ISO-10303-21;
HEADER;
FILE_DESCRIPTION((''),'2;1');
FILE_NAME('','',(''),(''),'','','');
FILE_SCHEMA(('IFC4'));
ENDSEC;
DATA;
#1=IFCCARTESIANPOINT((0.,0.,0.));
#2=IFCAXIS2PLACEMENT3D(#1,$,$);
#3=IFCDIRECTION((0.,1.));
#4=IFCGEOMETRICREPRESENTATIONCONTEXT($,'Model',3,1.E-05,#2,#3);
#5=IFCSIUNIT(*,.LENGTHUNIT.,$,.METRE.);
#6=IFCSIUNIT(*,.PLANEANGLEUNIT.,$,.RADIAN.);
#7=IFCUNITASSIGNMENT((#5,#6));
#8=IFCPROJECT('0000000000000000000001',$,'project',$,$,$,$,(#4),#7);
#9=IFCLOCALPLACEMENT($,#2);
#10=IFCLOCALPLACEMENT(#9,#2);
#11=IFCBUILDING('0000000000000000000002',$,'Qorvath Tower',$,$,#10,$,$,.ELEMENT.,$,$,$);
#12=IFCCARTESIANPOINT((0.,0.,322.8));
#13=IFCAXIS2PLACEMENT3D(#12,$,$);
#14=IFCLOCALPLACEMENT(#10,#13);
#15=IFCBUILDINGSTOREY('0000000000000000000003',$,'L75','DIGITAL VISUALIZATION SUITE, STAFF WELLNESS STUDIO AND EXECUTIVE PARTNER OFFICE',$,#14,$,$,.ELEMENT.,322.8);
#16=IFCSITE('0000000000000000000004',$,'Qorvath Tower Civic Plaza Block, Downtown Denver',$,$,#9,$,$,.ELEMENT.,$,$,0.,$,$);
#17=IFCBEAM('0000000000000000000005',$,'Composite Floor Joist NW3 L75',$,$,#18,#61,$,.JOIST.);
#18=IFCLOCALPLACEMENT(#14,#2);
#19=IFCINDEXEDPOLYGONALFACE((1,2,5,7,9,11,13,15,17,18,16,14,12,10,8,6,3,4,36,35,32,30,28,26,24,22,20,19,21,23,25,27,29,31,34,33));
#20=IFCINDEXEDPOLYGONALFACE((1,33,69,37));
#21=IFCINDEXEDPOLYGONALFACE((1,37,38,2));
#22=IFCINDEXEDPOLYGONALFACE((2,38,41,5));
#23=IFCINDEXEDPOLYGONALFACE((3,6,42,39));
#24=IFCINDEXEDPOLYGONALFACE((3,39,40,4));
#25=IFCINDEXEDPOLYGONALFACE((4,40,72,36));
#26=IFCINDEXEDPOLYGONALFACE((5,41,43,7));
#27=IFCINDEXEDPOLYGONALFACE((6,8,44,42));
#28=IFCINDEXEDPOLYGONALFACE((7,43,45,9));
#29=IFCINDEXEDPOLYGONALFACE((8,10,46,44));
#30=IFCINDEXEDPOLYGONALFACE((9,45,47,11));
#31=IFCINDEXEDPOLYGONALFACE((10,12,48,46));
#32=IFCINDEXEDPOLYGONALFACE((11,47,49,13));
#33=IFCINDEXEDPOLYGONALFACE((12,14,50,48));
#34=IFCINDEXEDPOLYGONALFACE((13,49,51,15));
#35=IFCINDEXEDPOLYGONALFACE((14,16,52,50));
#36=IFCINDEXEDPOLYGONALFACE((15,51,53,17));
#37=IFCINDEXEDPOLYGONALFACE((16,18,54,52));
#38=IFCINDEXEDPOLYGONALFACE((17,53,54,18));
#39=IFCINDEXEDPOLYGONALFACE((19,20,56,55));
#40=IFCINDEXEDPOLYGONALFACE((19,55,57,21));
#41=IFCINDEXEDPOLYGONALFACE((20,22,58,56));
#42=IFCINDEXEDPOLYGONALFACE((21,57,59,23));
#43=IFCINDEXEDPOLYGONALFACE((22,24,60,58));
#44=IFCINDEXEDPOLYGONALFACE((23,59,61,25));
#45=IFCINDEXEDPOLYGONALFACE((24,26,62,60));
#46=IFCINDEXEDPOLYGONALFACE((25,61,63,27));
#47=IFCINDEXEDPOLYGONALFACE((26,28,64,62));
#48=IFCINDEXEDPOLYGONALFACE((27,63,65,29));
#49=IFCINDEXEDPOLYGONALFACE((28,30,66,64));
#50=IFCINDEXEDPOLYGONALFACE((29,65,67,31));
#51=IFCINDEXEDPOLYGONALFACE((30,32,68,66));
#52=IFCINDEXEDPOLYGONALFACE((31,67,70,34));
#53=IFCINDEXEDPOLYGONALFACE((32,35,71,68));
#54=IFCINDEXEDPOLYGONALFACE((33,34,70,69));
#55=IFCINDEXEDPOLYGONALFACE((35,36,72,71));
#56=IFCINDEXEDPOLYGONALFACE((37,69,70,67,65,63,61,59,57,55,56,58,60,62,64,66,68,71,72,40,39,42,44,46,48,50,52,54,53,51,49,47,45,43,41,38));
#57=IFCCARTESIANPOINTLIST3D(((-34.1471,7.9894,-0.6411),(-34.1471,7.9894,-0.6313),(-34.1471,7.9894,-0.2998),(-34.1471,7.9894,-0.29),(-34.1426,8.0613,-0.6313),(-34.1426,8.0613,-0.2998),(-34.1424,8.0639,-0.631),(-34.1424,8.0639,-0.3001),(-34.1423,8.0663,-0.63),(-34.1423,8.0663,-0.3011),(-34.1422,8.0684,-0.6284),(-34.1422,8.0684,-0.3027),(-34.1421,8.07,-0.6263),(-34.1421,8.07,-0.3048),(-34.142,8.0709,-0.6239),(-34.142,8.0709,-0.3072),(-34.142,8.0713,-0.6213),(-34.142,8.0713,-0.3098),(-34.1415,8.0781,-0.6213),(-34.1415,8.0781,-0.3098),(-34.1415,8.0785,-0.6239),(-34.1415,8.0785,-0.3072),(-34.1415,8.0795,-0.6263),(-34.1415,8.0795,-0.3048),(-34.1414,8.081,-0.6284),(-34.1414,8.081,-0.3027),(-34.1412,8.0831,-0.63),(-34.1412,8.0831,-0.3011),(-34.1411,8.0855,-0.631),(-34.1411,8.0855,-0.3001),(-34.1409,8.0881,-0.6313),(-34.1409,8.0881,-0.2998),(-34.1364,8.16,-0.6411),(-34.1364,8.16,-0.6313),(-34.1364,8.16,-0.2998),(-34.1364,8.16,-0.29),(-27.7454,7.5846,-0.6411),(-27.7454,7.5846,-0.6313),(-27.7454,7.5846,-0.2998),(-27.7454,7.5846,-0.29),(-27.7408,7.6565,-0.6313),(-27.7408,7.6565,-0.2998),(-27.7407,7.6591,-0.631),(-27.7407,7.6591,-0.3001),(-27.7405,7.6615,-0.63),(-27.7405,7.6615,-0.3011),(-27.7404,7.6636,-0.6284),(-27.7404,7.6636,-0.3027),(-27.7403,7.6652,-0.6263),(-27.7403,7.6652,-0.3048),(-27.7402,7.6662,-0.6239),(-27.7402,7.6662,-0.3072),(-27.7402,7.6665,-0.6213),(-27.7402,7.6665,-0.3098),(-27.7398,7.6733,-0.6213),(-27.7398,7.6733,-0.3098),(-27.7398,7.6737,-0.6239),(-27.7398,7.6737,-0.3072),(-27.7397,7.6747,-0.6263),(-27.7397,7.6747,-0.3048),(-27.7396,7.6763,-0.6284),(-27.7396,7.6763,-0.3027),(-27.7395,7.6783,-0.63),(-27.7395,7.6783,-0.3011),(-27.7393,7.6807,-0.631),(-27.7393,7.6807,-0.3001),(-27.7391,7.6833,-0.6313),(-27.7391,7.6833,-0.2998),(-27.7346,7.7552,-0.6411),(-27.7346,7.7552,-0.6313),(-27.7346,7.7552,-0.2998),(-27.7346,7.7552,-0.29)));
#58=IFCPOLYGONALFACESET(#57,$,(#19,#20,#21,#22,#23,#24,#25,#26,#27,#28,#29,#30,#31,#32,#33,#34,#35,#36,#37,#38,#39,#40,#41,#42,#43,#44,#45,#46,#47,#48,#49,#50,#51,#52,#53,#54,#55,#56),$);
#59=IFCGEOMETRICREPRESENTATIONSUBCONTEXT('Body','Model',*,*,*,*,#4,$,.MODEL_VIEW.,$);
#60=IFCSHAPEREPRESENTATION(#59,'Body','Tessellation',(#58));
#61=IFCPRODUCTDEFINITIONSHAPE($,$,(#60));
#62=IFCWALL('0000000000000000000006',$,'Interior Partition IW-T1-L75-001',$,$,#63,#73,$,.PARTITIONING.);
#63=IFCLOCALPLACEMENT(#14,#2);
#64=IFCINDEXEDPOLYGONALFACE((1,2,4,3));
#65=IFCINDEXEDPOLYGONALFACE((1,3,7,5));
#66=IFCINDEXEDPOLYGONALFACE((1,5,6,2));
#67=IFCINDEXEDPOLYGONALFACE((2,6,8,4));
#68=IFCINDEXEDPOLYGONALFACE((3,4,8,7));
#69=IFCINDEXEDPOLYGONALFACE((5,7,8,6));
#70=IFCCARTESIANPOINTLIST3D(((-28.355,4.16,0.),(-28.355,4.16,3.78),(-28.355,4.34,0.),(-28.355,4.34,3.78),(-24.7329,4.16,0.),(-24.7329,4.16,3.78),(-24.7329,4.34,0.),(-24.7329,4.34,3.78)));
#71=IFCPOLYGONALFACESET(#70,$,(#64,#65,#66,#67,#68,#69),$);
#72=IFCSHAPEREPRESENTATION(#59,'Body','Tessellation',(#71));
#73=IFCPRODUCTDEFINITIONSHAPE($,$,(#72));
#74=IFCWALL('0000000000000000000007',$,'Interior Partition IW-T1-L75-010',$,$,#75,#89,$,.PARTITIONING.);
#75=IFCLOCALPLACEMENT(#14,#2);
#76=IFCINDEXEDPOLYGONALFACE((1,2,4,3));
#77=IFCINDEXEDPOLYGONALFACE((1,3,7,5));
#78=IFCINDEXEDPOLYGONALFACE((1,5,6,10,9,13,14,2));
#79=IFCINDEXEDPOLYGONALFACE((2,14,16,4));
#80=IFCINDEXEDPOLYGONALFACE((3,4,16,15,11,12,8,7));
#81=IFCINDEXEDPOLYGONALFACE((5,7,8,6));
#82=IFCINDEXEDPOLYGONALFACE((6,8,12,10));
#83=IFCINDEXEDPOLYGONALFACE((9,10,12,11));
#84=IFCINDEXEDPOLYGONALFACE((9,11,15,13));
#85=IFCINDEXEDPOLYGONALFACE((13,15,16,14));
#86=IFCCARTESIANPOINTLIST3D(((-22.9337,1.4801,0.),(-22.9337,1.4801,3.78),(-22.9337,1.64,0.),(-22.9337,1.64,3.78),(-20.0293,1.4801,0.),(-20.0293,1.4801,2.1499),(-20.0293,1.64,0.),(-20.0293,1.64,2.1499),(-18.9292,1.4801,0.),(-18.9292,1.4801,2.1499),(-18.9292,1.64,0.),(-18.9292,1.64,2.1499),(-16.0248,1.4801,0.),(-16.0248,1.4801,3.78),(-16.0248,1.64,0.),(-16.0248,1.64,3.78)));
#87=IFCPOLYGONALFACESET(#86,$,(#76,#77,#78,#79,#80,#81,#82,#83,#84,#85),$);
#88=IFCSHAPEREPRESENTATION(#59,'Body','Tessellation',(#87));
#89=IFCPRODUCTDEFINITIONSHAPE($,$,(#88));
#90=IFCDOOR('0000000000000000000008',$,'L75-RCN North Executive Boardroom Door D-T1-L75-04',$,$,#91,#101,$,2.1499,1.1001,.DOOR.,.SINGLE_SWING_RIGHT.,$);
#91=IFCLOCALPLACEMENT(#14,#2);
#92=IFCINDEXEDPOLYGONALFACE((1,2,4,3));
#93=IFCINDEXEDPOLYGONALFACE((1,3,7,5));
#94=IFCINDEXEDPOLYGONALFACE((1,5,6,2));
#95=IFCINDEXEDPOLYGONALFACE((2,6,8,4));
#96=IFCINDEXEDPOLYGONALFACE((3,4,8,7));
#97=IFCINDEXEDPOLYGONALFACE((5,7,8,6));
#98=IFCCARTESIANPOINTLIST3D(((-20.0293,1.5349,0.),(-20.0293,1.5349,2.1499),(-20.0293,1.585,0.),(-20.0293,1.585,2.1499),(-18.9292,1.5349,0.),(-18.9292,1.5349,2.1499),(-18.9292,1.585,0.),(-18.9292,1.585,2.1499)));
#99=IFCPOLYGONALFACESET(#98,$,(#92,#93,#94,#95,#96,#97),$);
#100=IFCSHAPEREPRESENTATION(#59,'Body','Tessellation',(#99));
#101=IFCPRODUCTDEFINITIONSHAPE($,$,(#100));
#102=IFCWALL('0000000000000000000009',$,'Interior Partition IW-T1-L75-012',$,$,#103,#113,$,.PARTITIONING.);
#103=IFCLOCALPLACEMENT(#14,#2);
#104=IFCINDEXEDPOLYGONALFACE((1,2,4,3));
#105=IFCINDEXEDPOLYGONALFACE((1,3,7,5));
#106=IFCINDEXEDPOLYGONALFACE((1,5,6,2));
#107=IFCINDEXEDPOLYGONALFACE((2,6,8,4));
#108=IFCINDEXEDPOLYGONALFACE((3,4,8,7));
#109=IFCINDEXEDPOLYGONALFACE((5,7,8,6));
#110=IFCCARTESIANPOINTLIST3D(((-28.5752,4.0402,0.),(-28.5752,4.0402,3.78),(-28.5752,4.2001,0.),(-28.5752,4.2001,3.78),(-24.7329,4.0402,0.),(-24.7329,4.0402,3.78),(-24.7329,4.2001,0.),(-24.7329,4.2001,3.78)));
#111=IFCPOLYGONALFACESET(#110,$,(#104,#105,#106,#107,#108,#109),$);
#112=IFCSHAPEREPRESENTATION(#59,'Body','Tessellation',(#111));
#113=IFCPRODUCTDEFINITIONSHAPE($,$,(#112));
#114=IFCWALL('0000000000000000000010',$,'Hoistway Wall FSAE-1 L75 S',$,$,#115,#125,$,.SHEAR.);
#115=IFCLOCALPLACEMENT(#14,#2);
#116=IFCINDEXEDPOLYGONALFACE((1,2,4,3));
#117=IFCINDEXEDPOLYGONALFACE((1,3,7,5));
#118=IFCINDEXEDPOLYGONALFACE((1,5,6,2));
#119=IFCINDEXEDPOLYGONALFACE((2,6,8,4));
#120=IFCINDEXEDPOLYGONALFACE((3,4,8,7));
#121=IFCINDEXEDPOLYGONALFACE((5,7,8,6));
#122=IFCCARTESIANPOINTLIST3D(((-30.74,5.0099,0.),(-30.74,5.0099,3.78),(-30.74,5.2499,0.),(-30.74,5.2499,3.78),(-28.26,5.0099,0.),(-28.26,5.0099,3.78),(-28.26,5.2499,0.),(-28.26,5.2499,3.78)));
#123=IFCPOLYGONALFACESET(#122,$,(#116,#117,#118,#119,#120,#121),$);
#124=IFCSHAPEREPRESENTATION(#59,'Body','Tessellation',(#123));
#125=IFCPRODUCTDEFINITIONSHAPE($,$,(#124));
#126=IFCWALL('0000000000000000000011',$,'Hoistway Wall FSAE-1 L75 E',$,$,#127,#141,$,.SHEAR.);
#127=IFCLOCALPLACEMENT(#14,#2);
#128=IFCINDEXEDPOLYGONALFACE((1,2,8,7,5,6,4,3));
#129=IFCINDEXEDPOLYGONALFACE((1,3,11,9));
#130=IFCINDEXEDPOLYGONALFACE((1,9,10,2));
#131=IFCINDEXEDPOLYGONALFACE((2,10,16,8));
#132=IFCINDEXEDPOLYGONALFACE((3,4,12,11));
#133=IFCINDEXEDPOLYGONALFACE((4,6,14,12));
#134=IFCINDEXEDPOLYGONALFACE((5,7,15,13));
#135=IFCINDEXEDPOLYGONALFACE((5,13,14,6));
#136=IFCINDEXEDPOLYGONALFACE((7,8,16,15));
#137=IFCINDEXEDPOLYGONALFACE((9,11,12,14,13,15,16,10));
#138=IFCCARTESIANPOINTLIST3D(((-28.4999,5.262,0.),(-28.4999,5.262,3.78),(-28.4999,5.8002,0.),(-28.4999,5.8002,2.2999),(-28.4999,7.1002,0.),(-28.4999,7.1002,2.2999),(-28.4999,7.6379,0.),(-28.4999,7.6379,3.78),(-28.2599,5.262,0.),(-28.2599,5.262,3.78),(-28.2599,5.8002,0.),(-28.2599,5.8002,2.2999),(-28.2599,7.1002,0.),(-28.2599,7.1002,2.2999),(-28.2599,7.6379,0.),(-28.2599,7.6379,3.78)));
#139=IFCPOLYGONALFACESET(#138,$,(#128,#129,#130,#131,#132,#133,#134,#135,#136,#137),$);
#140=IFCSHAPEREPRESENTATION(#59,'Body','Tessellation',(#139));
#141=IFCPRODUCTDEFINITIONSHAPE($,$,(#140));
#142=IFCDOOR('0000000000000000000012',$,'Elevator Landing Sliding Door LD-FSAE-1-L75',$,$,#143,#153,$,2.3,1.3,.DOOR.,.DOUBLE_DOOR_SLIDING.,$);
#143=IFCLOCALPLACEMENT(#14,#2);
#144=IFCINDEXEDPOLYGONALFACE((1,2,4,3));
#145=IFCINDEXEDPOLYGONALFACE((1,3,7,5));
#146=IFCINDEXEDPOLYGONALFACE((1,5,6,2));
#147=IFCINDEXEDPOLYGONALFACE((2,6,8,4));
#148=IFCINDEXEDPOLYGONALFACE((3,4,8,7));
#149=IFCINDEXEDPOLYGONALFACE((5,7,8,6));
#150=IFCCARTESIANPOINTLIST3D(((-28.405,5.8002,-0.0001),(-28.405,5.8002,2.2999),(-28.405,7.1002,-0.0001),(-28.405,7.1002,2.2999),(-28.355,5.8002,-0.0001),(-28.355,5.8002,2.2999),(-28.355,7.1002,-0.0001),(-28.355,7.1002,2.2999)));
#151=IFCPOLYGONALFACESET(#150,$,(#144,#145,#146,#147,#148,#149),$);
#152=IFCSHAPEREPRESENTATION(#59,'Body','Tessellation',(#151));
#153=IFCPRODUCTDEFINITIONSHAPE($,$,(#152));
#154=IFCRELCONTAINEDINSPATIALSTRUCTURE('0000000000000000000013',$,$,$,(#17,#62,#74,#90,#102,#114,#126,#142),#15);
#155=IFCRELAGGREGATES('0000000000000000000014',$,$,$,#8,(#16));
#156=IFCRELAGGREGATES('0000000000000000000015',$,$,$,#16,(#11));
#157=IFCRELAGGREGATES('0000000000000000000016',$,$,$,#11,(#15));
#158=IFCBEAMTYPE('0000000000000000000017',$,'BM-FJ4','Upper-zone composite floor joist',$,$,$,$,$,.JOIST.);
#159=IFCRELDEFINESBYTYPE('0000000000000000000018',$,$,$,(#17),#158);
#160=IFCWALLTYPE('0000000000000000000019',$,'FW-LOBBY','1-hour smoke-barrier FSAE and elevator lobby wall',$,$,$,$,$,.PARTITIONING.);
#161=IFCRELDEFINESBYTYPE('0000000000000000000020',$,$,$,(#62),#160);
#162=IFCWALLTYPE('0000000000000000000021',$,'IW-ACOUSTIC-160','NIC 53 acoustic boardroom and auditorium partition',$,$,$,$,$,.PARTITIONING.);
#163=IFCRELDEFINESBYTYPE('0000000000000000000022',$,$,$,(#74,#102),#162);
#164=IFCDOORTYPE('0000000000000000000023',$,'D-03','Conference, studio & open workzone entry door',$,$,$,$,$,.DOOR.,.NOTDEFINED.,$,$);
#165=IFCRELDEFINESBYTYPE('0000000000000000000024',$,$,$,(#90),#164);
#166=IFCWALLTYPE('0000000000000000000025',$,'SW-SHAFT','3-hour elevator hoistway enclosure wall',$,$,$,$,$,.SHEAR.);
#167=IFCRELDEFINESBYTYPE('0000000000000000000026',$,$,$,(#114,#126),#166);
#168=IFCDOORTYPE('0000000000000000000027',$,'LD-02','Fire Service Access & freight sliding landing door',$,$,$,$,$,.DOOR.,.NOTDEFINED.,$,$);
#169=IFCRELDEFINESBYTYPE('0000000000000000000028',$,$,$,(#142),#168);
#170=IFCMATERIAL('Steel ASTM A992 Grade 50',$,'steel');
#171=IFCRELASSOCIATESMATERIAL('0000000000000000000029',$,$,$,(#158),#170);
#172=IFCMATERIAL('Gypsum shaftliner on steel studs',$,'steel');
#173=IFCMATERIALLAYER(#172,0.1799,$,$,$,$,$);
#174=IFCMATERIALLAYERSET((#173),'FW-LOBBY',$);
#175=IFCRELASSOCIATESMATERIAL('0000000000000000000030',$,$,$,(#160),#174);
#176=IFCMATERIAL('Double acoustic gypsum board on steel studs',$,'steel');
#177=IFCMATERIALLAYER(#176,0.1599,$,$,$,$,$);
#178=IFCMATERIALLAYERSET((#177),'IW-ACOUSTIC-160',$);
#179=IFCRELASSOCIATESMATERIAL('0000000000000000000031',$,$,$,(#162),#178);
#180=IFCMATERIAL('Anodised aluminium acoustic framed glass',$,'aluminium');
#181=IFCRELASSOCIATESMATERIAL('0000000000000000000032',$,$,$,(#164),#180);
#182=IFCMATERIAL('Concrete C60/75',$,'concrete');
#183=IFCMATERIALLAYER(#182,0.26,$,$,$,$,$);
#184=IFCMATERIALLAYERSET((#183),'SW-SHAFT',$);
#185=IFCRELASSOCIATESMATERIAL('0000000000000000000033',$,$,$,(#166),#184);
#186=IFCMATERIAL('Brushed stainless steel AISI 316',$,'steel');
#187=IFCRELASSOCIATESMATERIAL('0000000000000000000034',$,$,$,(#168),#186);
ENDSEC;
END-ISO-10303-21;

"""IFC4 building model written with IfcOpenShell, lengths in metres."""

from ifc_helpers import new_model, si_unit, direction, frame, frame_2d, origin, origin_2d, place, context, subcontext, project, spatial, rectangle, i_section, extrude, material, layer, layer_set, material_profile, profile_set, type_object, element, fill, save


model = new_model("IFC4")

# Units and contexts
model_context = context("Model", 3, precision=1e-05, world=origin(), true_north=direction((0.0, 1.0)))
body_context = subcontext(model_context, "Body", "Model", "MODEL_VIEW")
ifc_project = project(units=[si_unit("LENGTHUNIT", "METRE"), si_unit("PLANEANGLEUNIT", "RADIAN")], contexts=[model_context])

# Site, building, storey
site_placement = place(None, origin())
site = spatial("IfcSite", under=ifc_project, at=site_placement, Name="Qorvath Tower Civic Plaza Block, Downtown Denver", CompositionType="ELEMENT", RefElevation=0.0)
building_placement = place(site_placement, origin())
building = spatial("IfcBuilding", under=site, at=building_placement, Name="Qorvath Tower", CompositionType="ELEMENT")
storey_placement = place(building_placement, frame((0.0, 0.0, 322.8)))
storey = spatial("IfcBuildingStorey", under=building, at=storey_placement, Name="L75", Description="DIGITAL VISUALIZATION SUITE, STAFF WELLNESS STUDIO AND EXECUTIVE PARTNER OFFICE", CompositionType="ELEMENT", Elevation=322.8)

# Beam
ifc_material_1 = material(Name="Steel ASTM A992 Grade 50", Category="steel")
ifc_material_profile = material_profile(ifc_material_1, i_section(OverallWidth=0.1709, OverallDepth=0.3511, WebThickness=0.0068, FlangeThickness=0.0098, FilletRadius=0.01, at=origin_2d()), Name="W14x30")
ifc_profile_set = profile_set([ifc_material_profile], Name="Steel ASTM A992 Grade 50")
beam_type = type_object("IfcBeamType", Name="BM-FJ4", Description="Upper-zone composite floor joist", PredefinedType="JOIST", material=ifc_profile_set)
beam_placement = place(storey_placement, frame((-27.74, 7.6699, -0.4656), z_axis=(-0.998007, 0.063103, 0.0), x_axis=(-0.063103, -0.998007, 0.0)))
element("IfcBeam", 1, at=beam_placement, inside=storey, type_object=beam_type, Name="Composite Floor Joist NW3 L75", PredefinedType="JOIST", context=body_context, shape_type="SweptSolid", body=[
    extrude(i_section(OverallWidth=0.1709, OverallDepth=0.3511, WebThickness=0.0068, FlangeThickness=0.0098, FilletRadius=0.01, at=origin_2d()), origin(), (0.0, 0.0, 1.0), 6.4146),
])

# Wall
ifc_material_2 = material(Name="Gypsum shaftliner on steel studs", Category="steel")
ifc_layer_1 = layer(ifc_material_2, 0.1799)
ifc_layer_set_1 = layer_set([ifc_layer_1], Name="FW-LOBBY")
wall_type_1 = type_object("IfcWallType", Name="FW-LOBBY", Description="1-hour smoke-barrier FSAE and elevator lobby wall", PredefinedType="PARTITIONING", material=ifc_layer_set_1)
wall_1_placement = place(storey_placement, frame((-28.355, 4.25, 0.0), z_axis=(0.0, 0.0, 1.0), x_axis=(1.0, 0.0, 0.0)))
element("IfcWall", 2, at=wall_1_placement, inside=storey, type_object=wall_type_1, Name="Interior Partition IW-T1-L75-001", PredefinedType="PARTITIONING", context=body_context, shape_type="SweptSolid", body=[
    extrude(rectangle(XDim=3.6221, YDim=0.1799, at=frame_2d((1.811, 0.0))), origin(), (0.0, 0.0, 1.0), 3.78),
])

# Wall, opening, door
ifc_material_3 = material(Name="Double acoustic gypsum board on steel studs", Category="steel")
ifc_layer_2 = layer(ifc_material_3, 0.1599)
ifc_layer_set_2 = layer_set([ifc_layer_2], Name="IW-ACOUSTIC-160")
wall_type_2 = type_object("IfcWallType", Name="IW-ACOUSTIC-160", Description="NIC 53 acoustic boardroom and auditorium partition", PredefinedType="PARTITIONING", material=ifc_layer_set_2)
wall_2_placement = place(storey_placement, frame((-22.9338, 1.5601, 0.0), z_axis=(0.0, 0.0, 1.0), x_axis=(1.0, 0.0, 0.0)))
wall_2 = element("IfcWall", 3, at=wall_2_placement, inside=storey, type_object=wall_type_2, Name="Interior Partition IW-T1-L75-010", PredefinedType="PARTITIONING", context=body_context, shape_type="SweptSolid", body=[
    extrude(rectangle(XDim=6.9089, YDim=0.1599, at=frame_2d((3.4546, 0.0))), origin(), (0.0, 0.0, 1.0), 3.78),
])
opening_1_placement = place(wall_2_placement, frame((2.9045, 0.0, 0.0)))
opening_1 = element("IfcOpeningElement", 4, at=opening_1_placement, cuts=wall_2, PredefinedType="OPENING", context=body_context, shape_type="SweptSolid", body=[
    extrude(rectangle(XDim=1.1001, YDim=2.1499, at=frame_2d((0.55, 1.075))), frame((0.0, 0.0898, 0.0), z_axis=(0.0, -1.0, 0.0), x_axis=(1.0, 0.0, 0.0)), (0.0, 0.0, 1.0), 0.1799),
])
ifc_material_4 = material(Name="Anodised aluminium acoustic framed glass", Category="aluminium")
door_type_1 = type_object("IfcDoorType", Name="D-03", Description="Conference, studio & open workzone entry door", OperationType="NOTDEFINED", PredefinedType="DOOR", material=ifc_material_4)
door_1_placement = place(opening_1_placement, origin())
door_1 = element("IfcDoor", 5, at=door_1_placement, inside=storey, type_object=door_type_1, Name="L75-RCN North Executive Boardroom Door D-T1-L75-04", OperationType="SINGLE_SWING_RIGHT", OverallHeight=2.1499, OverallWidth=1.1001, PredefinedType="DOOR", context=body_context, shape_type="SweptSolid", body=[
    extrude(rectangle(XDim=1.1001, YDim=2.1499, at=frame_2d((0.55, 1.075))), frame((0.0, 0.0249, 0.0), z_axis=(0.0, -1.0, 0.0), x_axis=(1.0, 0.0, 0.0)), (0.0, 0.0, 1.0), 0.05),
])
fill(opening_1, door_1)

# Walls
wall_3_placement = place(storey_placement, frame((-24.7329, 4.1201, 0.0), z_axis=(0.0, 0.0, 1.0), x_axis=(-1.0, 0.0, 0.0)))
element("IfcWall", 6, at=wall_3_placement, inside=storey, type_object=wall_type_2, Name="Interior Partition IW-T1-L75-012", PredefinedType="PARTITIONING", context=body_context, shape_type="SweptSolid", body=[
    extrude(rectangle(XDim=3.8423, YDim=0.1599, at=frame_2d((1.9211, 0.0))), origin(), (0.0, 0.0, 1.0), 3.78),
])
ifc_material_5 = material(Name="Concrete C60/75", Category="concrete")
ifc_layer_3 = layer(ifc_material_5, 0.26)
ifc_layer_set_3 = layer_set([ifc_layer_3], Name="SW-SHAFT")
wall_type_3 = type_object("IfcWallType", Name="SW-SHAFT", Description="3-hour elevator hoistway enclosure wall", PredefinedType="SHEAR", material=ifc_layer_set_3)
wall_4_placement = place(storey_placement, frame((-28.26, 5.1299, 0.0), z_axis=(0.0, 0.0, 1.0), x_axis=(-1.0, 0.0, 0.0)))
element("IfcWall", 7, at=wall_4_placement, inside=storey, type_object=wall_type_3, Name="Hoistway Wall FSAE-1 L75 S", PredefinedType="SHEAR", context=body_context, shape_type="SweptSolid", body=[
    extrude(rectangle(XDim=2.48, YDim=0.24, at=frame_2d((1.24, 0.0))), origin(), (0.0, 0.0, 1.0), 3.78),
])

# Wall, opening, door
wall_5_placement = place(storey_placement, frame((-28.3799, 7.6379, 0.0), z_axis=(0.0, 0.0, 1.0), x_axis=(0.0, -1.0, 0.0)))
wall_5 = element("IfcWall", 8, at=wall_5_placement, inside=storey, type_object=wall_type_3, Name="Hoistway Wall FSAE-1 L75 E", PredefinedType="SHEAR", context=body_context, shape_type="SweptSolid", body=[
    extrude(rectangle(XDim=2.376, YDim=0.24, at=frame_2d((1.188, 0.0))), origin(), (0.0, 0.0, 1.0), 3.78),
])
opening_2_placement = place(wall_5_placement, frame((0.5378, 0.0, 0.0)))
opening_2 = element("IfcOpeningElement", 9, at=opening_2_placement, cuts=wall_5, PredefinedType="OPENING", context=body_context, shape_type="SweptSolid", body=[
    extrude(rectangle(XDim=1.3, YDim=2.3, at=frame_2d((0.6499, 1.1499))), frame((0.0, 0.1299, 0.0), z_axis=(0.0, -1.0, 0.0), x_axis=(1.0, 0.0, 0.0)), (0.0, 0.0, 1.0), 0.26),
])
ifc_material_6 = material(Name="Brushed stainless steel AISI 316", Category="steel")
door_type_2 = type_object("IfcDoorType", Name="LD-02", Description="Fire Service Access & freight sliding landing door", OperationType="NOTDEFINED", PredefinedType="DOOR", material=ifc_material_6)
door_2_placement = place(opening_2_placement, origin())
door_2 = element("IfcDoor", 10, at=door_2_placement, inside=storey, type_object=door_type_2, Name="Elevator Landing Sliding Door LD-FSAE-1-L75", OperationType="DOUBLE_DOOR_SLIDING", OverallHeight=2.3, OverallWidth=1.3, PredefinedType="DOOR", context=body_context, shape_type="SweptSolid", body=[
    extrude(rectangle(XDim=1.3, YDim=2.3, at=frame_2d((0.6499, 1.1499))), frame((0.0, 0.0249, 0.0), z_axis=(0.0, -1.0, 0.0), x_axis=(1.0, 0.0, 0.0)), (0.0, 0.0, 1.0), 0.05),
])
fill(opening_2, door_2)

save(model, "model.ifc")
